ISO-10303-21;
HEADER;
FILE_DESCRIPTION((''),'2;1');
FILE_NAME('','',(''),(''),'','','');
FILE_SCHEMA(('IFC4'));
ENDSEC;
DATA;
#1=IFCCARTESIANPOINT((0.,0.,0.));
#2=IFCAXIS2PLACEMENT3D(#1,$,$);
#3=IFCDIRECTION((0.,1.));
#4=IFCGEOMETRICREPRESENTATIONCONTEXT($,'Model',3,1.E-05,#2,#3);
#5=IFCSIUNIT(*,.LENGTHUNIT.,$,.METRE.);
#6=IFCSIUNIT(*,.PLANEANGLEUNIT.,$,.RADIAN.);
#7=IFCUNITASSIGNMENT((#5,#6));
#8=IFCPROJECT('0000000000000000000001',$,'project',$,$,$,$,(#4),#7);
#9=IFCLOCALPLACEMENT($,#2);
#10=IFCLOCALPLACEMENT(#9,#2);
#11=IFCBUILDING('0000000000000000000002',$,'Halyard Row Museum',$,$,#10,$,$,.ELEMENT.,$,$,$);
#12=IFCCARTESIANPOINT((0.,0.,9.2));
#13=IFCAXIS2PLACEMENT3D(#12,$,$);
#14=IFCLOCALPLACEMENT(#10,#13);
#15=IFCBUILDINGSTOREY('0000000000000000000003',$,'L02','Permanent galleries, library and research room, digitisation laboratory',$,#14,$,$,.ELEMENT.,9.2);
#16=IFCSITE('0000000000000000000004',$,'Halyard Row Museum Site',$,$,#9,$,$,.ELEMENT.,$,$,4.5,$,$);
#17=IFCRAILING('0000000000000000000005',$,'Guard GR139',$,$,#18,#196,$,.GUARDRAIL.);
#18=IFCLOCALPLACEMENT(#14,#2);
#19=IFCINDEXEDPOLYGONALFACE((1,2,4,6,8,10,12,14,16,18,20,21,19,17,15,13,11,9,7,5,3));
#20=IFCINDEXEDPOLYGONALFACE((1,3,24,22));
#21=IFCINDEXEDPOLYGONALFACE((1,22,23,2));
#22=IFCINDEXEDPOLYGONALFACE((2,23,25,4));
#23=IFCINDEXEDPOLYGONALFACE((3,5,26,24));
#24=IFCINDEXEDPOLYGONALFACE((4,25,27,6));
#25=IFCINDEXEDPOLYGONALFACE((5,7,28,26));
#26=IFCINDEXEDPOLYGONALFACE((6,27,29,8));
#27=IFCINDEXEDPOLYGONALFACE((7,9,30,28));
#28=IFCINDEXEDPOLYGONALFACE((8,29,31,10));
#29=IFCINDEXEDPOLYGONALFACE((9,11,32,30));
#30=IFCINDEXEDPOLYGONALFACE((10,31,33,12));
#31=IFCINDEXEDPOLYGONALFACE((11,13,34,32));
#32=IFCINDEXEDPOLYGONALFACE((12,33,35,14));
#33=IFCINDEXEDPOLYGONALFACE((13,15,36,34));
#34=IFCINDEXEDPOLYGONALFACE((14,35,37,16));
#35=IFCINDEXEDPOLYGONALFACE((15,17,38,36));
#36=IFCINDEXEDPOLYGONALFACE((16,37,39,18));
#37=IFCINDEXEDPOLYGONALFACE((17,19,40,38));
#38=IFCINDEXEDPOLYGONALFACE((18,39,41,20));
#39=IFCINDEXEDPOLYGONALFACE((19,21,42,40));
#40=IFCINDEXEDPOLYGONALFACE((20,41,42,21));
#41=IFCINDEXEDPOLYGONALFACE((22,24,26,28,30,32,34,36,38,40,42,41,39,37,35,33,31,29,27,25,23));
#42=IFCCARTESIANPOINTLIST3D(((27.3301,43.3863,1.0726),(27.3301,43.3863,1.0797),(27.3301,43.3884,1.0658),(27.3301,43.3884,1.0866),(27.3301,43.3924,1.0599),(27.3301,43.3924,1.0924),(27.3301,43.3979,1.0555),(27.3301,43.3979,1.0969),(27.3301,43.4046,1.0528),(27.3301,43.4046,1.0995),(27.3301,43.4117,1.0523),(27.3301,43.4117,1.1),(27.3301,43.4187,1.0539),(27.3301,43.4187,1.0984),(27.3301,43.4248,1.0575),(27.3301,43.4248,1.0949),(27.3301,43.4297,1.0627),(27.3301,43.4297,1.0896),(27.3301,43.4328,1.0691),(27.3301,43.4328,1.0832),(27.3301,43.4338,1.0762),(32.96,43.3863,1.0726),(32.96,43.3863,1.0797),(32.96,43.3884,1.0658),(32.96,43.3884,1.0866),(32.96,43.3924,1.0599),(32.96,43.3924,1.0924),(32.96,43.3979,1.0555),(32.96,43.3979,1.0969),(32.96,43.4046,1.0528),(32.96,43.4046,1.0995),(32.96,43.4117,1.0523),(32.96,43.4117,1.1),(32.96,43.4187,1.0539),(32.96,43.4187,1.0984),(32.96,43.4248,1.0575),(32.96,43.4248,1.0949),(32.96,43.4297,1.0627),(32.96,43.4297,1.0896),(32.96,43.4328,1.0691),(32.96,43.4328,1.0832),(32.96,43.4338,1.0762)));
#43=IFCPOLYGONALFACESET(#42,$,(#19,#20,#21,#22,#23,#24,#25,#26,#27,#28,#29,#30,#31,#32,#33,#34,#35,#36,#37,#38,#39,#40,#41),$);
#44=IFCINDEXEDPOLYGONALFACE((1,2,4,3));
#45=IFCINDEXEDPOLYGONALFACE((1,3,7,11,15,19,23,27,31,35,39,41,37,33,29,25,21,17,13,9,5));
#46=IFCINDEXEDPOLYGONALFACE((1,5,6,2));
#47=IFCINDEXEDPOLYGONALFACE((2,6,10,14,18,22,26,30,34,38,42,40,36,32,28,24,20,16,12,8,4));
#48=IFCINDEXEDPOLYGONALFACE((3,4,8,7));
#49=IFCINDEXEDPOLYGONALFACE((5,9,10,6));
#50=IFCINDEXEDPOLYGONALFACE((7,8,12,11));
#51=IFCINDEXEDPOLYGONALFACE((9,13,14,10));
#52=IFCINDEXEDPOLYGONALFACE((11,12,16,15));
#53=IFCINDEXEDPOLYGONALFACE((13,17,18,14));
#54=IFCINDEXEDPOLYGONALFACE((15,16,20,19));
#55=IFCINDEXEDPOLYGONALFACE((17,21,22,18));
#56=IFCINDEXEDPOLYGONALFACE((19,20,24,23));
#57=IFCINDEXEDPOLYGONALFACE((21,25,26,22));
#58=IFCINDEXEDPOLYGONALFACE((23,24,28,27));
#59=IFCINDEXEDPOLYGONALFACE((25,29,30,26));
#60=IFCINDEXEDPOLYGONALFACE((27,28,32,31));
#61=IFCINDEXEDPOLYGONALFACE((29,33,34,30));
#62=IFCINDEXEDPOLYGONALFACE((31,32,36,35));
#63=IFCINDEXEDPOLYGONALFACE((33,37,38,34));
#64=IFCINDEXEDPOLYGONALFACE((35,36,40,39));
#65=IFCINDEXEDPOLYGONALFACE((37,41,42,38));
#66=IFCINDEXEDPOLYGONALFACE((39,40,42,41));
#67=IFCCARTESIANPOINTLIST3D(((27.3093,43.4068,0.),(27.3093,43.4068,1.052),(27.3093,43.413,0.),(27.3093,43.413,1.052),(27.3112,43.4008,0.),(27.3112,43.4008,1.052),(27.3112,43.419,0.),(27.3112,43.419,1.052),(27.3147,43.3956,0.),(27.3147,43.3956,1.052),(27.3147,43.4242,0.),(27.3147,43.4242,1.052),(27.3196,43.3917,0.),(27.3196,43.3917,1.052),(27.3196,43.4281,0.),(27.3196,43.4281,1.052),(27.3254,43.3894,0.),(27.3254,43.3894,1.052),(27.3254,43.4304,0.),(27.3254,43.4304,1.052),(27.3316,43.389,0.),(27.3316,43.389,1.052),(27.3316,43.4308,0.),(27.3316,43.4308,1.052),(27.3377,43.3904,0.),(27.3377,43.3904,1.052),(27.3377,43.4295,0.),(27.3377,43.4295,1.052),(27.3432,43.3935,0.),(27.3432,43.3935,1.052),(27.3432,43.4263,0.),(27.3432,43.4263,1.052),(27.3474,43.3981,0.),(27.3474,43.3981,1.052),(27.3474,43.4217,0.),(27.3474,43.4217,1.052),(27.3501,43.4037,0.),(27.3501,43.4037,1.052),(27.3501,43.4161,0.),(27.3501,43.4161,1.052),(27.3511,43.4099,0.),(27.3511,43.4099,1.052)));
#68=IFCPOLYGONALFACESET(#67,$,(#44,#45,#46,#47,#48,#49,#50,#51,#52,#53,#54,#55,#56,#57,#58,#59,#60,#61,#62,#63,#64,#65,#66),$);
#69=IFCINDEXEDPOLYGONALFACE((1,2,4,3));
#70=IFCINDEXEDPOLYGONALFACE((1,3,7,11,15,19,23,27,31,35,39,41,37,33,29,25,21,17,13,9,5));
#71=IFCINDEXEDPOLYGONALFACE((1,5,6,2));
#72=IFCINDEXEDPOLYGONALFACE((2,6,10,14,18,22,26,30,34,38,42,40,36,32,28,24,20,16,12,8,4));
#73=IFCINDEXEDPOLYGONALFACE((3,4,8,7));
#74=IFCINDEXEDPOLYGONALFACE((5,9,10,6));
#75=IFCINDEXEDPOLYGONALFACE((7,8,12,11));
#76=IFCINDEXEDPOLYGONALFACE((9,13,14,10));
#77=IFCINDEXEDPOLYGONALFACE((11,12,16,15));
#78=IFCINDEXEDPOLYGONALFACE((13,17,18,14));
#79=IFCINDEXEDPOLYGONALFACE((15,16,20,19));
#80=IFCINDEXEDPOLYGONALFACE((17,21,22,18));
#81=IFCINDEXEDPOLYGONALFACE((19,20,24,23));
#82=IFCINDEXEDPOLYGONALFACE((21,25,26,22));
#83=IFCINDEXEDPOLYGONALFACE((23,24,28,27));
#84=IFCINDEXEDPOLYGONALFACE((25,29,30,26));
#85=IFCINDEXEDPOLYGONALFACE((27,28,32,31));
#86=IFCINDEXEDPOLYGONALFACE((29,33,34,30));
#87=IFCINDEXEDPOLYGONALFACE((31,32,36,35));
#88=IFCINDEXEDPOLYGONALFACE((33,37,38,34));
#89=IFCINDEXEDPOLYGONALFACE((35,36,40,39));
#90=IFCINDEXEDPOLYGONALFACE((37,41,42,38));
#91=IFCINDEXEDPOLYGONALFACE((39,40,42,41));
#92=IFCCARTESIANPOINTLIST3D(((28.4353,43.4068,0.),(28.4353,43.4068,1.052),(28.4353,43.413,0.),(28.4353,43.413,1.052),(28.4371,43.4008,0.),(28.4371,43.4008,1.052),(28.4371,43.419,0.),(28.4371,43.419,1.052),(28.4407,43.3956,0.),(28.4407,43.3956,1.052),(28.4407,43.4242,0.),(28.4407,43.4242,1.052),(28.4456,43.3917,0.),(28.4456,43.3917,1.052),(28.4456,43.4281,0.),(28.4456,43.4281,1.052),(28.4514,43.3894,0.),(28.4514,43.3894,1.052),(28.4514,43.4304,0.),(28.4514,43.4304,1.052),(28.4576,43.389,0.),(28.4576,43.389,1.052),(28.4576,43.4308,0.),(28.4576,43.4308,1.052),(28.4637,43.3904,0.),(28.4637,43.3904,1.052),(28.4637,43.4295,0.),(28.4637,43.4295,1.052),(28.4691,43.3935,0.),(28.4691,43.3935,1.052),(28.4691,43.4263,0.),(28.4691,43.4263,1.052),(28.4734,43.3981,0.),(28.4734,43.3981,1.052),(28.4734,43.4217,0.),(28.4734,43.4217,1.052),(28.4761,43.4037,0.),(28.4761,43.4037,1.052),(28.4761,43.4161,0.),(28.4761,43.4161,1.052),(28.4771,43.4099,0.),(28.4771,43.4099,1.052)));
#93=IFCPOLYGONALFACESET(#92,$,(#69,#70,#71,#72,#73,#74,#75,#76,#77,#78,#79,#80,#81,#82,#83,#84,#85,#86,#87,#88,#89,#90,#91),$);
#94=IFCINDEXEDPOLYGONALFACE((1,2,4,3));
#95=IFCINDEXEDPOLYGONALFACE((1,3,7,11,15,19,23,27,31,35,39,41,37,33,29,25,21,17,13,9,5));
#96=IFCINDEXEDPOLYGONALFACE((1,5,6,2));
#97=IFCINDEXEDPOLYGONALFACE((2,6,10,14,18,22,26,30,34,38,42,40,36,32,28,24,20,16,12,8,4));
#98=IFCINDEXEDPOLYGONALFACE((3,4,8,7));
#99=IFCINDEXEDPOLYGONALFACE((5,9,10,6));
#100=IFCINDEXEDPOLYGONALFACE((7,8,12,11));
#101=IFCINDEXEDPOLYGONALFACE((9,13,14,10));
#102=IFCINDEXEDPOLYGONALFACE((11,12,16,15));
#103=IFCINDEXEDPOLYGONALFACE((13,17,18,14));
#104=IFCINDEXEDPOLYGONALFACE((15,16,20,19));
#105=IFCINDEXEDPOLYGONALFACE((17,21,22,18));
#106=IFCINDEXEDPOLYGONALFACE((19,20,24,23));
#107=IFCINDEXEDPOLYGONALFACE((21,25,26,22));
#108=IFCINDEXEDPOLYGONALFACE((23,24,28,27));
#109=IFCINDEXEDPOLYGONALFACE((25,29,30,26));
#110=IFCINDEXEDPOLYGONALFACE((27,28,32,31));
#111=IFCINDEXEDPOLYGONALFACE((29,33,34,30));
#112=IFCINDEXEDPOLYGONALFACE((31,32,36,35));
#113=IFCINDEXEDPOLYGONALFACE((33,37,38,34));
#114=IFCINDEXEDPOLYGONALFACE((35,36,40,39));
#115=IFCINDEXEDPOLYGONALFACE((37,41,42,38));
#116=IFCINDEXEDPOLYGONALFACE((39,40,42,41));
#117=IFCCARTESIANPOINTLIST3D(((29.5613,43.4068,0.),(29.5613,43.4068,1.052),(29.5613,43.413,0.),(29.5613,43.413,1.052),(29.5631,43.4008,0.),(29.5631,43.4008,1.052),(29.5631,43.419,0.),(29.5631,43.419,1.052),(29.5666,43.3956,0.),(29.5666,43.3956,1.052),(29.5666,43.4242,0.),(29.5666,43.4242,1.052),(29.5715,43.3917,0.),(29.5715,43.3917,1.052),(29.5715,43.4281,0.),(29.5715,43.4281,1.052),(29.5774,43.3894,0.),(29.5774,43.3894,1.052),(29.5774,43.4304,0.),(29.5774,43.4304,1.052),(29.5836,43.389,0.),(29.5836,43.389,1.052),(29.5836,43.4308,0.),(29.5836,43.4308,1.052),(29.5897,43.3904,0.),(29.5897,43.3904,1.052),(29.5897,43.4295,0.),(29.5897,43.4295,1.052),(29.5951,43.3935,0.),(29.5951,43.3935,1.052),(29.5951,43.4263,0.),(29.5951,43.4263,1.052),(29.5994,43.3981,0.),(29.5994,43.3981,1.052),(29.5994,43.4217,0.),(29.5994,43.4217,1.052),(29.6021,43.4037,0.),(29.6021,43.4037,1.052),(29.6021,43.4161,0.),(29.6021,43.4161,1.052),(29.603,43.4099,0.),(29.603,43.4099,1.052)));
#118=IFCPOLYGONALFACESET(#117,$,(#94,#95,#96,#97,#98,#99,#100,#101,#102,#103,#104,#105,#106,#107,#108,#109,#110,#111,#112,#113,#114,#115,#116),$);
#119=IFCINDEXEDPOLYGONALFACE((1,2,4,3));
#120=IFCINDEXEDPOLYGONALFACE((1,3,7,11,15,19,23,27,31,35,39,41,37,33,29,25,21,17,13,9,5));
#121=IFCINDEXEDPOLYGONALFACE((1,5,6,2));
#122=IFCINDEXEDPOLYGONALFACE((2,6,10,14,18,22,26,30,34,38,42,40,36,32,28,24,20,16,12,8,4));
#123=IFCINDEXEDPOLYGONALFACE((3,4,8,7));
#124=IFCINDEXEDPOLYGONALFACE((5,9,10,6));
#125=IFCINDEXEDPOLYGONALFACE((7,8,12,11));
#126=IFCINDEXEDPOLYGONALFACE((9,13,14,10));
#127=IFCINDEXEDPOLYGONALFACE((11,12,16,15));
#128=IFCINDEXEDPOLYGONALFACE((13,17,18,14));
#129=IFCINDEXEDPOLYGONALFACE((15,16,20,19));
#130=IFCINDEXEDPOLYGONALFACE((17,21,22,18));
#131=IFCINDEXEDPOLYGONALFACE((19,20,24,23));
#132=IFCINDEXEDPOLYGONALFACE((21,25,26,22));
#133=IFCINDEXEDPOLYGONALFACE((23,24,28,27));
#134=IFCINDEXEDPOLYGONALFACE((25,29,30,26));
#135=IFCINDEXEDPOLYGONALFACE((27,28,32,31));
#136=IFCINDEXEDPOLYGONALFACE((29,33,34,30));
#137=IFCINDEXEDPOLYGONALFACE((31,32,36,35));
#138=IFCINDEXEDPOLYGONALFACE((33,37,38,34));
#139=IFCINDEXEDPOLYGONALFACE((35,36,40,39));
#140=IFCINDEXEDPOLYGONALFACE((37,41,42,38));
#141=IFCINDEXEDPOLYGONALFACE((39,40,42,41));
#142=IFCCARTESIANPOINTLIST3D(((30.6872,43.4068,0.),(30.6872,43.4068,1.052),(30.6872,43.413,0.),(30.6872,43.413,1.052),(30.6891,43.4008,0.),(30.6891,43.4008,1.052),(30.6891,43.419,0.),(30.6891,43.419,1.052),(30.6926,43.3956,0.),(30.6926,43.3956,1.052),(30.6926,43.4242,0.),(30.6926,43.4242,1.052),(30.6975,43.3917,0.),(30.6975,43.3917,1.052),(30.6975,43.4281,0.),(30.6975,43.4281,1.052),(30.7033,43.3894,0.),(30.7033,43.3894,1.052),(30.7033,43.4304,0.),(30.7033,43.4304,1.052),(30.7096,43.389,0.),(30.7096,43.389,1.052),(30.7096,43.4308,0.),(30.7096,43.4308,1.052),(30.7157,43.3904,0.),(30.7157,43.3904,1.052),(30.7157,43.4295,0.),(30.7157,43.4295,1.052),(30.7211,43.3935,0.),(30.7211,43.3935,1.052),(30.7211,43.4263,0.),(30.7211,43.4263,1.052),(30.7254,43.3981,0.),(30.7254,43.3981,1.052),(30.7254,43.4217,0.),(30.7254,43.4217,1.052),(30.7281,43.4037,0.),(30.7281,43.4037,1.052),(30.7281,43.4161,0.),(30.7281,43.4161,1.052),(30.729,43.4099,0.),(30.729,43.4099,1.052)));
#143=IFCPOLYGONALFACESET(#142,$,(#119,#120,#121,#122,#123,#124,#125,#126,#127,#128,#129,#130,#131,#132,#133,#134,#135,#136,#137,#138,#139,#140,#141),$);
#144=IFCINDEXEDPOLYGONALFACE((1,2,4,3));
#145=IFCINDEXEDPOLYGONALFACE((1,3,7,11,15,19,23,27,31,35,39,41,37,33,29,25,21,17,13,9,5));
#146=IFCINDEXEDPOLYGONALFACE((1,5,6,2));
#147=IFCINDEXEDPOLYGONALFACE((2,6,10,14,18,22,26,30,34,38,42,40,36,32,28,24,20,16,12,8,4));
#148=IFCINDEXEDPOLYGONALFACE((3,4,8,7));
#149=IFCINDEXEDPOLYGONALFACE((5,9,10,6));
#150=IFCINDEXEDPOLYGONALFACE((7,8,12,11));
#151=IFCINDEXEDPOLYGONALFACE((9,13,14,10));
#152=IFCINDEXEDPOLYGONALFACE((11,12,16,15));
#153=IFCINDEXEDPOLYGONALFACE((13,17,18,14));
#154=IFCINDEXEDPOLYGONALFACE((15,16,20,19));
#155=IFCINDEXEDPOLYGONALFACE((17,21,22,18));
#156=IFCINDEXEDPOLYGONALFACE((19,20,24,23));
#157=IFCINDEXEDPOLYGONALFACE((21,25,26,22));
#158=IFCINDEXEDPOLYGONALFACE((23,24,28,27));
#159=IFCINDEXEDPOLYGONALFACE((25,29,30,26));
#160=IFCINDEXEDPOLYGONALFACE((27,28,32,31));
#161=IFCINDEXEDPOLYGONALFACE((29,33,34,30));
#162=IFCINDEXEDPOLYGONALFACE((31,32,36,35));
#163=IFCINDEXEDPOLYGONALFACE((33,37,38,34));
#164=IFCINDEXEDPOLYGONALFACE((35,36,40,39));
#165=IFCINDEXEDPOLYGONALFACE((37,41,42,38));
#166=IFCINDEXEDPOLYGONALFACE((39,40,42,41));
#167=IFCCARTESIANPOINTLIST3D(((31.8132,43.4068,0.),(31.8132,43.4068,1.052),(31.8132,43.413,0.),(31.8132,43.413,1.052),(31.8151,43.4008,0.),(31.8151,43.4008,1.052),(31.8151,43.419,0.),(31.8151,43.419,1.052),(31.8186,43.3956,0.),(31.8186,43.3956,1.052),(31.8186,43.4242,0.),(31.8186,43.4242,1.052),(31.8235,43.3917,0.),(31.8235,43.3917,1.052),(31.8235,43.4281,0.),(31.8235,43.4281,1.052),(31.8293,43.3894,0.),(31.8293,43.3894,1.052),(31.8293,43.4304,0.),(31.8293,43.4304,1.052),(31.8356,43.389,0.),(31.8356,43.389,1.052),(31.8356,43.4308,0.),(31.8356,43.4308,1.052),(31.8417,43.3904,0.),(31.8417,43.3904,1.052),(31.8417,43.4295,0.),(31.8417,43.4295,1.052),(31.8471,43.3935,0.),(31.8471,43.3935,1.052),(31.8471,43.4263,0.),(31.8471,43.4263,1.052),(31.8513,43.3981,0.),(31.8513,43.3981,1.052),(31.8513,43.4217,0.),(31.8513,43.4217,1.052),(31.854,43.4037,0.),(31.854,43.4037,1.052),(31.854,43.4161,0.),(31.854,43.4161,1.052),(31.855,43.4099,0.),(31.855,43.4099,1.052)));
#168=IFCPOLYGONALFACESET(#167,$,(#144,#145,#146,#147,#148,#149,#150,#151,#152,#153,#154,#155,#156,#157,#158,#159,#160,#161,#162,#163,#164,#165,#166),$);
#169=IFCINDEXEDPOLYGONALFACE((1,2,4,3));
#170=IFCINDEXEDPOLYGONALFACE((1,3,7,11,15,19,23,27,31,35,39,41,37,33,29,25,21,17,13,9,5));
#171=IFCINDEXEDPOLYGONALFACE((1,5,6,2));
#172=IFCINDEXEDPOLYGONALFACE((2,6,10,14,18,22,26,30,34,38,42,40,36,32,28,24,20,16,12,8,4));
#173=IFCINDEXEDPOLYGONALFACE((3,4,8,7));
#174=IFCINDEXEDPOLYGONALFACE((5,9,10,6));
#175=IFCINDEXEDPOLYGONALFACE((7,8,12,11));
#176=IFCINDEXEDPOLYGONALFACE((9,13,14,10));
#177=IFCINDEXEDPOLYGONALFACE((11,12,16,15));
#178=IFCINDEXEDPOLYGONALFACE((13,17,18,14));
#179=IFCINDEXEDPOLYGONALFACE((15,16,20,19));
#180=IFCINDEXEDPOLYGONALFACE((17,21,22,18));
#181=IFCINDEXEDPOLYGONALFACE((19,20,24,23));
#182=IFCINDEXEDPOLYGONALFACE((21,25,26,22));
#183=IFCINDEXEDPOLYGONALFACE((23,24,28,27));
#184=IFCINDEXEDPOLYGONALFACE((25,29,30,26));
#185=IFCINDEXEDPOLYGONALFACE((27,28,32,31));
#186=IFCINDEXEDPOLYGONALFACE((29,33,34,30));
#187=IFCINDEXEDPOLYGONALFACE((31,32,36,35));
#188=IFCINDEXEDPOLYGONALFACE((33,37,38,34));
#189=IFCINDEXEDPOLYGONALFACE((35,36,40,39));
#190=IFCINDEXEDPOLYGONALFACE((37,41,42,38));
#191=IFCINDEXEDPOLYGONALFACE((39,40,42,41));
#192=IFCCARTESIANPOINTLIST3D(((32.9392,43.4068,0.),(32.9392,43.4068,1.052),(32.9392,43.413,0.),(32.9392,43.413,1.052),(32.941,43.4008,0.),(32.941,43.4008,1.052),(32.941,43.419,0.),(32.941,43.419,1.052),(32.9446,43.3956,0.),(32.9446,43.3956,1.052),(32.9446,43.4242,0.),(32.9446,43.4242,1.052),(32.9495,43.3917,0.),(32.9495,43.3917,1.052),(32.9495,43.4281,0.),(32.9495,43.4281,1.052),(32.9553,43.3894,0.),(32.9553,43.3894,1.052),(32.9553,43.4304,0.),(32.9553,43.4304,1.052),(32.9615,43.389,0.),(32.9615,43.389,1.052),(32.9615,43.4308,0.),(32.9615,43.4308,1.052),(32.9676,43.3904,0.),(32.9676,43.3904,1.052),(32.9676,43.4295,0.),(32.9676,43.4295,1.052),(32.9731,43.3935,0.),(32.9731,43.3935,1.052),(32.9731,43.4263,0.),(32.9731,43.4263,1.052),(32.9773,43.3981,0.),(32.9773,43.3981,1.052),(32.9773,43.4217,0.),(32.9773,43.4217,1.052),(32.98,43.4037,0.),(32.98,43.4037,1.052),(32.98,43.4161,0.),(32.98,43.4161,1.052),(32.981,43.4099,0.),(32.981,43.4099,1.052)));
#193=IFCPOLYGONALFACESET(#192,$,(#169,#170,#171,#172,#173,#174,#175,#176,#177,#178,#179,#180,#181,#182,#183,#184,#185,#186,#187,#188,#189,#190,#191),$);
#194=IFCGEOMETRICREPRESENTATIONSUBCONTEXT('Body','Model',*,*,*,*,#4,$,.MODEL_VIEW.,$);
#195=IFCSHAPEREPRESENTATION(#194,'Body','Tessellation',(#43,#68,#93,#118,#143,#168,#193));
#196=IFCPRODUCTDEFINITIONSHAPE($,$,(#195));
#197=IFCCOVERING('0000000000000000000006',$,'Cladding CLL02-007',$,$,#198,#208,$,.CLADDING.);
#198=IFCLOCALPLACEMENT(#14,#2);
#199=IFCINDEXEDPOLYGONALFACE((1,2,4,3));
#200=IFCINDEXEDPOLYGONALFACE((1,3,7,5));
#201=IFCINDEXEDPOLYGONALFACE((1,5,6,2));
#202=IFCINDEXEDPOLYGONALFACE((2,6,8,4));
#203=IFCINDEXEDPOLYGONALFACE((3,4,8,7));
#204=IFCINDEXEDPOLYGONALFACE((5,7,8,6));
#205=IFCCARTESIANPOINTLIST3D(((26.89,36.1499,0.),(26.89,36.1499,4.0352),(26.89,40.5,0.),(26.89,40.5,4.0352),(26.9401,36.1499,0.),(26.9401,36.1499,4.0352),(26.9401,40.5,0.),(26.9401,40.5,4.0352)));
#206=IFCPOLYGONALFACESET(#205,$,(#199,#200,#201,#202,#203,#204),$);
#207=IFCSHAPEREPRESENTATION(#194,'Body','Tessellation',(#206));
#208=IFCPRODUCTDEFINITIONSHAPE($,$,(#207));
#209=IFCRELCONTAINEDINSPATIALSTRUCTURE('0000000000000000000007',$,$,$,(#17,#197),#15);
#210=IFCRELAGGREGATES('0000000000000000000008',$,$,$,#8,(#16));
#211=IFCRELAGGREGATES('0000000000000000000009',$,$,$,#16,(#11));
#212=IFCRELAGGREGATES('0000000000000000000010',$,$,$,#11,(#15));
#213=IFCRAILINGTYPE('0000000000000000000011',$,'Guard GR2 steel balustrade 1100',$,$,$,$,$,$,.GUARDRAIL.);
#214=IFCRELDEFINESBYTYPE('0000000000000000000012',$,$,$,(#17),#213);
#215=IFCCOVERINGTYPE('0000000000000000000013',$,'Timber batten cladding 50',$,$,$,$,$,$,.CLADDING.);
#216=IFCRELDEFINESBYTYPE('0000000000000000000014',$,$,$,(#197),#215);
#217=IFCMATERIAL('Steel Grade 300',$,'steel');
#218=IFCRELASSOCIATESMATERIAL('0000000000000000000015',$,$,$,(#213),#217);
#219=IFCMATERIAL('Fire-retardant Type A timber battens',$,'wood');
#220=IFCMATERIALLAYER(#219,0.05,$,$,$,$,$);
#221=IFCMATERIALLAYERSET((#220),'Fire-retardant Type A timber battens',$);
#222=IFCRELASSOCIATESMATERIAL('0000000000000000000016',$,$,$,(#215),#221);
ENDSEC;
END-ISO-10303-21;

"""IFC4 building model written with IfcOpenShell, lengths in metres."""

from ifc_helpers import new_model, si_unit, direction, frame, frame_2d, origin, origin_2d, place, context, subcontext, project, spatial, rectangle, circle, extrude, material, layer, layer_set, type_object, element, save


model = new_model("IFC4")

# Units and contexts
model_context = context("Model", 3, precision=1e-05, world=origin(), true_north=direction((0.0, 1.0)))
body_context = subcontext(model_context, "Body", "Model", "MODEL_VIEW")
ifc_project = project(units=[si_unit("LENGTHUNIT", "METRE"), si_unit("PLANEANGLEUNIT", "RADIAN")], contexts=[model_context])

# Site, building, storey
site_placement = place(None, origin())
site = spatial("IfcSite", under=ifc_project, at=site_placement, Name="Halyard Row Museum Site", CompositionType="ELEMENT", RefElevation=4.5)
building_placement = place(site_placement, origin())
building = spatial("IfcBuilding", under=site, at=building_placement, Name="Halyard Row Museum", CompositionType="ELEMENT")
storey_placement = place(building_placement, frame((0.0, 0.0, 9.2)))
storey = spatial("IfcBuildingStorey", under=building, at=storey_placement, Name="L02", Description="Permanent galleries, library and research room, digitisation laboratory", CompositionType="ELEMENT", Elevation=9.2)

# Railing
ifc_material_1 = material(Name="Steel Grade 300", Category="steel")
railing_type_1 = type_object("IfcRailingType", Name="Guard GR2 steel balustrade 1100", PredefinedType="GUARDRAIL", material=ifc_material_1)
railing_1_placement = place(storey_placement, frame((27.3301, 43.4099, 0.0)))
element("IfcRailing", 1, at=railing_1_placement, inside=storey, type_object=railing_type_1, Name="Guard GR139", PredefinedType="GUARDRAIL", context=body_context, shape_type="SweptSolid", body=[
    extrude(circle(Radius=0.0239, at=origin_2d()), frame((0.0, 0.0, 1.0762), z_axis=(1.0, 0.0, 0.0), x_axis=(0.0, 1.0, 0.0)), (0.0, 0.0, 1.0), 5.6299),
    extrude(circle(Radius=0.021, at=origin_2d()), origin(), (0.0, 0.0, 1.0), 1.052),
    extrude(circle(Radius=0.021, at=origin_2d()), frame((1.126, 0.0, 0.0)), (0.0, 0.0, 1.0), 1.052),
    extrude(circle(Radius=0.021, at=origin_2d()), frame((2.252, 0.0, 0.0)), (0.0, 0.0, 1.0), 1.052),
    extrude(circle(Radius=0.021, at=origin_2d()), frame((3.3779, 0.0, 0.0)), (0.0, 0.0, 1.0), 1.052),
    extrude(circle(Radius=0.021, at=origin_2d()), frame((4.5039, 0.0, 0.0)), (0.0, 0.0, 1.0), 1.052),
    extrude(circle(Radius=0.021, at=origin_2d()), frame((5.6299, 0.0, 0.0)), (0.0, 0.0, 1.0), 1.052),
])

# Covering
ifc_material_2 = material(Name="Fire-retardant Type A timber battens", Category="wood")
ifc_layer_1 = layer(ifc_material_2, 0.05)
ifc_layer_set_1 = layer_set([ifc_layer_1], Name="Fire-retardant Type A timber battens")
covering_type = type_object("IfcCoveringType", Name="Timber batten cladding 50", PredefinedType="CLADDING", material=ifc_layer_set_1)
covering_placement = place(storey_placement, frame((26.915, 40.5, 0.0), z_axis=(0.0, 0.0, 1.0), x_axis=(0.0, -1.0, 0.0)))
element("IfcCovering", 2, at=covering_placement, inside=storey, type_object=covering_type, Name="Cladding CLL02-007", PredefinedType="CLADDING", context=body_context, shape_type="SweptSolid", body=[
    extrude(rectangle(XDim=4.3501, YDim=0.05, at=frame_2d((2.175, 0.0))), origin(), (0.0, 0.0, 1.0), 4.0352),
])

save(model, "model.ifc")
